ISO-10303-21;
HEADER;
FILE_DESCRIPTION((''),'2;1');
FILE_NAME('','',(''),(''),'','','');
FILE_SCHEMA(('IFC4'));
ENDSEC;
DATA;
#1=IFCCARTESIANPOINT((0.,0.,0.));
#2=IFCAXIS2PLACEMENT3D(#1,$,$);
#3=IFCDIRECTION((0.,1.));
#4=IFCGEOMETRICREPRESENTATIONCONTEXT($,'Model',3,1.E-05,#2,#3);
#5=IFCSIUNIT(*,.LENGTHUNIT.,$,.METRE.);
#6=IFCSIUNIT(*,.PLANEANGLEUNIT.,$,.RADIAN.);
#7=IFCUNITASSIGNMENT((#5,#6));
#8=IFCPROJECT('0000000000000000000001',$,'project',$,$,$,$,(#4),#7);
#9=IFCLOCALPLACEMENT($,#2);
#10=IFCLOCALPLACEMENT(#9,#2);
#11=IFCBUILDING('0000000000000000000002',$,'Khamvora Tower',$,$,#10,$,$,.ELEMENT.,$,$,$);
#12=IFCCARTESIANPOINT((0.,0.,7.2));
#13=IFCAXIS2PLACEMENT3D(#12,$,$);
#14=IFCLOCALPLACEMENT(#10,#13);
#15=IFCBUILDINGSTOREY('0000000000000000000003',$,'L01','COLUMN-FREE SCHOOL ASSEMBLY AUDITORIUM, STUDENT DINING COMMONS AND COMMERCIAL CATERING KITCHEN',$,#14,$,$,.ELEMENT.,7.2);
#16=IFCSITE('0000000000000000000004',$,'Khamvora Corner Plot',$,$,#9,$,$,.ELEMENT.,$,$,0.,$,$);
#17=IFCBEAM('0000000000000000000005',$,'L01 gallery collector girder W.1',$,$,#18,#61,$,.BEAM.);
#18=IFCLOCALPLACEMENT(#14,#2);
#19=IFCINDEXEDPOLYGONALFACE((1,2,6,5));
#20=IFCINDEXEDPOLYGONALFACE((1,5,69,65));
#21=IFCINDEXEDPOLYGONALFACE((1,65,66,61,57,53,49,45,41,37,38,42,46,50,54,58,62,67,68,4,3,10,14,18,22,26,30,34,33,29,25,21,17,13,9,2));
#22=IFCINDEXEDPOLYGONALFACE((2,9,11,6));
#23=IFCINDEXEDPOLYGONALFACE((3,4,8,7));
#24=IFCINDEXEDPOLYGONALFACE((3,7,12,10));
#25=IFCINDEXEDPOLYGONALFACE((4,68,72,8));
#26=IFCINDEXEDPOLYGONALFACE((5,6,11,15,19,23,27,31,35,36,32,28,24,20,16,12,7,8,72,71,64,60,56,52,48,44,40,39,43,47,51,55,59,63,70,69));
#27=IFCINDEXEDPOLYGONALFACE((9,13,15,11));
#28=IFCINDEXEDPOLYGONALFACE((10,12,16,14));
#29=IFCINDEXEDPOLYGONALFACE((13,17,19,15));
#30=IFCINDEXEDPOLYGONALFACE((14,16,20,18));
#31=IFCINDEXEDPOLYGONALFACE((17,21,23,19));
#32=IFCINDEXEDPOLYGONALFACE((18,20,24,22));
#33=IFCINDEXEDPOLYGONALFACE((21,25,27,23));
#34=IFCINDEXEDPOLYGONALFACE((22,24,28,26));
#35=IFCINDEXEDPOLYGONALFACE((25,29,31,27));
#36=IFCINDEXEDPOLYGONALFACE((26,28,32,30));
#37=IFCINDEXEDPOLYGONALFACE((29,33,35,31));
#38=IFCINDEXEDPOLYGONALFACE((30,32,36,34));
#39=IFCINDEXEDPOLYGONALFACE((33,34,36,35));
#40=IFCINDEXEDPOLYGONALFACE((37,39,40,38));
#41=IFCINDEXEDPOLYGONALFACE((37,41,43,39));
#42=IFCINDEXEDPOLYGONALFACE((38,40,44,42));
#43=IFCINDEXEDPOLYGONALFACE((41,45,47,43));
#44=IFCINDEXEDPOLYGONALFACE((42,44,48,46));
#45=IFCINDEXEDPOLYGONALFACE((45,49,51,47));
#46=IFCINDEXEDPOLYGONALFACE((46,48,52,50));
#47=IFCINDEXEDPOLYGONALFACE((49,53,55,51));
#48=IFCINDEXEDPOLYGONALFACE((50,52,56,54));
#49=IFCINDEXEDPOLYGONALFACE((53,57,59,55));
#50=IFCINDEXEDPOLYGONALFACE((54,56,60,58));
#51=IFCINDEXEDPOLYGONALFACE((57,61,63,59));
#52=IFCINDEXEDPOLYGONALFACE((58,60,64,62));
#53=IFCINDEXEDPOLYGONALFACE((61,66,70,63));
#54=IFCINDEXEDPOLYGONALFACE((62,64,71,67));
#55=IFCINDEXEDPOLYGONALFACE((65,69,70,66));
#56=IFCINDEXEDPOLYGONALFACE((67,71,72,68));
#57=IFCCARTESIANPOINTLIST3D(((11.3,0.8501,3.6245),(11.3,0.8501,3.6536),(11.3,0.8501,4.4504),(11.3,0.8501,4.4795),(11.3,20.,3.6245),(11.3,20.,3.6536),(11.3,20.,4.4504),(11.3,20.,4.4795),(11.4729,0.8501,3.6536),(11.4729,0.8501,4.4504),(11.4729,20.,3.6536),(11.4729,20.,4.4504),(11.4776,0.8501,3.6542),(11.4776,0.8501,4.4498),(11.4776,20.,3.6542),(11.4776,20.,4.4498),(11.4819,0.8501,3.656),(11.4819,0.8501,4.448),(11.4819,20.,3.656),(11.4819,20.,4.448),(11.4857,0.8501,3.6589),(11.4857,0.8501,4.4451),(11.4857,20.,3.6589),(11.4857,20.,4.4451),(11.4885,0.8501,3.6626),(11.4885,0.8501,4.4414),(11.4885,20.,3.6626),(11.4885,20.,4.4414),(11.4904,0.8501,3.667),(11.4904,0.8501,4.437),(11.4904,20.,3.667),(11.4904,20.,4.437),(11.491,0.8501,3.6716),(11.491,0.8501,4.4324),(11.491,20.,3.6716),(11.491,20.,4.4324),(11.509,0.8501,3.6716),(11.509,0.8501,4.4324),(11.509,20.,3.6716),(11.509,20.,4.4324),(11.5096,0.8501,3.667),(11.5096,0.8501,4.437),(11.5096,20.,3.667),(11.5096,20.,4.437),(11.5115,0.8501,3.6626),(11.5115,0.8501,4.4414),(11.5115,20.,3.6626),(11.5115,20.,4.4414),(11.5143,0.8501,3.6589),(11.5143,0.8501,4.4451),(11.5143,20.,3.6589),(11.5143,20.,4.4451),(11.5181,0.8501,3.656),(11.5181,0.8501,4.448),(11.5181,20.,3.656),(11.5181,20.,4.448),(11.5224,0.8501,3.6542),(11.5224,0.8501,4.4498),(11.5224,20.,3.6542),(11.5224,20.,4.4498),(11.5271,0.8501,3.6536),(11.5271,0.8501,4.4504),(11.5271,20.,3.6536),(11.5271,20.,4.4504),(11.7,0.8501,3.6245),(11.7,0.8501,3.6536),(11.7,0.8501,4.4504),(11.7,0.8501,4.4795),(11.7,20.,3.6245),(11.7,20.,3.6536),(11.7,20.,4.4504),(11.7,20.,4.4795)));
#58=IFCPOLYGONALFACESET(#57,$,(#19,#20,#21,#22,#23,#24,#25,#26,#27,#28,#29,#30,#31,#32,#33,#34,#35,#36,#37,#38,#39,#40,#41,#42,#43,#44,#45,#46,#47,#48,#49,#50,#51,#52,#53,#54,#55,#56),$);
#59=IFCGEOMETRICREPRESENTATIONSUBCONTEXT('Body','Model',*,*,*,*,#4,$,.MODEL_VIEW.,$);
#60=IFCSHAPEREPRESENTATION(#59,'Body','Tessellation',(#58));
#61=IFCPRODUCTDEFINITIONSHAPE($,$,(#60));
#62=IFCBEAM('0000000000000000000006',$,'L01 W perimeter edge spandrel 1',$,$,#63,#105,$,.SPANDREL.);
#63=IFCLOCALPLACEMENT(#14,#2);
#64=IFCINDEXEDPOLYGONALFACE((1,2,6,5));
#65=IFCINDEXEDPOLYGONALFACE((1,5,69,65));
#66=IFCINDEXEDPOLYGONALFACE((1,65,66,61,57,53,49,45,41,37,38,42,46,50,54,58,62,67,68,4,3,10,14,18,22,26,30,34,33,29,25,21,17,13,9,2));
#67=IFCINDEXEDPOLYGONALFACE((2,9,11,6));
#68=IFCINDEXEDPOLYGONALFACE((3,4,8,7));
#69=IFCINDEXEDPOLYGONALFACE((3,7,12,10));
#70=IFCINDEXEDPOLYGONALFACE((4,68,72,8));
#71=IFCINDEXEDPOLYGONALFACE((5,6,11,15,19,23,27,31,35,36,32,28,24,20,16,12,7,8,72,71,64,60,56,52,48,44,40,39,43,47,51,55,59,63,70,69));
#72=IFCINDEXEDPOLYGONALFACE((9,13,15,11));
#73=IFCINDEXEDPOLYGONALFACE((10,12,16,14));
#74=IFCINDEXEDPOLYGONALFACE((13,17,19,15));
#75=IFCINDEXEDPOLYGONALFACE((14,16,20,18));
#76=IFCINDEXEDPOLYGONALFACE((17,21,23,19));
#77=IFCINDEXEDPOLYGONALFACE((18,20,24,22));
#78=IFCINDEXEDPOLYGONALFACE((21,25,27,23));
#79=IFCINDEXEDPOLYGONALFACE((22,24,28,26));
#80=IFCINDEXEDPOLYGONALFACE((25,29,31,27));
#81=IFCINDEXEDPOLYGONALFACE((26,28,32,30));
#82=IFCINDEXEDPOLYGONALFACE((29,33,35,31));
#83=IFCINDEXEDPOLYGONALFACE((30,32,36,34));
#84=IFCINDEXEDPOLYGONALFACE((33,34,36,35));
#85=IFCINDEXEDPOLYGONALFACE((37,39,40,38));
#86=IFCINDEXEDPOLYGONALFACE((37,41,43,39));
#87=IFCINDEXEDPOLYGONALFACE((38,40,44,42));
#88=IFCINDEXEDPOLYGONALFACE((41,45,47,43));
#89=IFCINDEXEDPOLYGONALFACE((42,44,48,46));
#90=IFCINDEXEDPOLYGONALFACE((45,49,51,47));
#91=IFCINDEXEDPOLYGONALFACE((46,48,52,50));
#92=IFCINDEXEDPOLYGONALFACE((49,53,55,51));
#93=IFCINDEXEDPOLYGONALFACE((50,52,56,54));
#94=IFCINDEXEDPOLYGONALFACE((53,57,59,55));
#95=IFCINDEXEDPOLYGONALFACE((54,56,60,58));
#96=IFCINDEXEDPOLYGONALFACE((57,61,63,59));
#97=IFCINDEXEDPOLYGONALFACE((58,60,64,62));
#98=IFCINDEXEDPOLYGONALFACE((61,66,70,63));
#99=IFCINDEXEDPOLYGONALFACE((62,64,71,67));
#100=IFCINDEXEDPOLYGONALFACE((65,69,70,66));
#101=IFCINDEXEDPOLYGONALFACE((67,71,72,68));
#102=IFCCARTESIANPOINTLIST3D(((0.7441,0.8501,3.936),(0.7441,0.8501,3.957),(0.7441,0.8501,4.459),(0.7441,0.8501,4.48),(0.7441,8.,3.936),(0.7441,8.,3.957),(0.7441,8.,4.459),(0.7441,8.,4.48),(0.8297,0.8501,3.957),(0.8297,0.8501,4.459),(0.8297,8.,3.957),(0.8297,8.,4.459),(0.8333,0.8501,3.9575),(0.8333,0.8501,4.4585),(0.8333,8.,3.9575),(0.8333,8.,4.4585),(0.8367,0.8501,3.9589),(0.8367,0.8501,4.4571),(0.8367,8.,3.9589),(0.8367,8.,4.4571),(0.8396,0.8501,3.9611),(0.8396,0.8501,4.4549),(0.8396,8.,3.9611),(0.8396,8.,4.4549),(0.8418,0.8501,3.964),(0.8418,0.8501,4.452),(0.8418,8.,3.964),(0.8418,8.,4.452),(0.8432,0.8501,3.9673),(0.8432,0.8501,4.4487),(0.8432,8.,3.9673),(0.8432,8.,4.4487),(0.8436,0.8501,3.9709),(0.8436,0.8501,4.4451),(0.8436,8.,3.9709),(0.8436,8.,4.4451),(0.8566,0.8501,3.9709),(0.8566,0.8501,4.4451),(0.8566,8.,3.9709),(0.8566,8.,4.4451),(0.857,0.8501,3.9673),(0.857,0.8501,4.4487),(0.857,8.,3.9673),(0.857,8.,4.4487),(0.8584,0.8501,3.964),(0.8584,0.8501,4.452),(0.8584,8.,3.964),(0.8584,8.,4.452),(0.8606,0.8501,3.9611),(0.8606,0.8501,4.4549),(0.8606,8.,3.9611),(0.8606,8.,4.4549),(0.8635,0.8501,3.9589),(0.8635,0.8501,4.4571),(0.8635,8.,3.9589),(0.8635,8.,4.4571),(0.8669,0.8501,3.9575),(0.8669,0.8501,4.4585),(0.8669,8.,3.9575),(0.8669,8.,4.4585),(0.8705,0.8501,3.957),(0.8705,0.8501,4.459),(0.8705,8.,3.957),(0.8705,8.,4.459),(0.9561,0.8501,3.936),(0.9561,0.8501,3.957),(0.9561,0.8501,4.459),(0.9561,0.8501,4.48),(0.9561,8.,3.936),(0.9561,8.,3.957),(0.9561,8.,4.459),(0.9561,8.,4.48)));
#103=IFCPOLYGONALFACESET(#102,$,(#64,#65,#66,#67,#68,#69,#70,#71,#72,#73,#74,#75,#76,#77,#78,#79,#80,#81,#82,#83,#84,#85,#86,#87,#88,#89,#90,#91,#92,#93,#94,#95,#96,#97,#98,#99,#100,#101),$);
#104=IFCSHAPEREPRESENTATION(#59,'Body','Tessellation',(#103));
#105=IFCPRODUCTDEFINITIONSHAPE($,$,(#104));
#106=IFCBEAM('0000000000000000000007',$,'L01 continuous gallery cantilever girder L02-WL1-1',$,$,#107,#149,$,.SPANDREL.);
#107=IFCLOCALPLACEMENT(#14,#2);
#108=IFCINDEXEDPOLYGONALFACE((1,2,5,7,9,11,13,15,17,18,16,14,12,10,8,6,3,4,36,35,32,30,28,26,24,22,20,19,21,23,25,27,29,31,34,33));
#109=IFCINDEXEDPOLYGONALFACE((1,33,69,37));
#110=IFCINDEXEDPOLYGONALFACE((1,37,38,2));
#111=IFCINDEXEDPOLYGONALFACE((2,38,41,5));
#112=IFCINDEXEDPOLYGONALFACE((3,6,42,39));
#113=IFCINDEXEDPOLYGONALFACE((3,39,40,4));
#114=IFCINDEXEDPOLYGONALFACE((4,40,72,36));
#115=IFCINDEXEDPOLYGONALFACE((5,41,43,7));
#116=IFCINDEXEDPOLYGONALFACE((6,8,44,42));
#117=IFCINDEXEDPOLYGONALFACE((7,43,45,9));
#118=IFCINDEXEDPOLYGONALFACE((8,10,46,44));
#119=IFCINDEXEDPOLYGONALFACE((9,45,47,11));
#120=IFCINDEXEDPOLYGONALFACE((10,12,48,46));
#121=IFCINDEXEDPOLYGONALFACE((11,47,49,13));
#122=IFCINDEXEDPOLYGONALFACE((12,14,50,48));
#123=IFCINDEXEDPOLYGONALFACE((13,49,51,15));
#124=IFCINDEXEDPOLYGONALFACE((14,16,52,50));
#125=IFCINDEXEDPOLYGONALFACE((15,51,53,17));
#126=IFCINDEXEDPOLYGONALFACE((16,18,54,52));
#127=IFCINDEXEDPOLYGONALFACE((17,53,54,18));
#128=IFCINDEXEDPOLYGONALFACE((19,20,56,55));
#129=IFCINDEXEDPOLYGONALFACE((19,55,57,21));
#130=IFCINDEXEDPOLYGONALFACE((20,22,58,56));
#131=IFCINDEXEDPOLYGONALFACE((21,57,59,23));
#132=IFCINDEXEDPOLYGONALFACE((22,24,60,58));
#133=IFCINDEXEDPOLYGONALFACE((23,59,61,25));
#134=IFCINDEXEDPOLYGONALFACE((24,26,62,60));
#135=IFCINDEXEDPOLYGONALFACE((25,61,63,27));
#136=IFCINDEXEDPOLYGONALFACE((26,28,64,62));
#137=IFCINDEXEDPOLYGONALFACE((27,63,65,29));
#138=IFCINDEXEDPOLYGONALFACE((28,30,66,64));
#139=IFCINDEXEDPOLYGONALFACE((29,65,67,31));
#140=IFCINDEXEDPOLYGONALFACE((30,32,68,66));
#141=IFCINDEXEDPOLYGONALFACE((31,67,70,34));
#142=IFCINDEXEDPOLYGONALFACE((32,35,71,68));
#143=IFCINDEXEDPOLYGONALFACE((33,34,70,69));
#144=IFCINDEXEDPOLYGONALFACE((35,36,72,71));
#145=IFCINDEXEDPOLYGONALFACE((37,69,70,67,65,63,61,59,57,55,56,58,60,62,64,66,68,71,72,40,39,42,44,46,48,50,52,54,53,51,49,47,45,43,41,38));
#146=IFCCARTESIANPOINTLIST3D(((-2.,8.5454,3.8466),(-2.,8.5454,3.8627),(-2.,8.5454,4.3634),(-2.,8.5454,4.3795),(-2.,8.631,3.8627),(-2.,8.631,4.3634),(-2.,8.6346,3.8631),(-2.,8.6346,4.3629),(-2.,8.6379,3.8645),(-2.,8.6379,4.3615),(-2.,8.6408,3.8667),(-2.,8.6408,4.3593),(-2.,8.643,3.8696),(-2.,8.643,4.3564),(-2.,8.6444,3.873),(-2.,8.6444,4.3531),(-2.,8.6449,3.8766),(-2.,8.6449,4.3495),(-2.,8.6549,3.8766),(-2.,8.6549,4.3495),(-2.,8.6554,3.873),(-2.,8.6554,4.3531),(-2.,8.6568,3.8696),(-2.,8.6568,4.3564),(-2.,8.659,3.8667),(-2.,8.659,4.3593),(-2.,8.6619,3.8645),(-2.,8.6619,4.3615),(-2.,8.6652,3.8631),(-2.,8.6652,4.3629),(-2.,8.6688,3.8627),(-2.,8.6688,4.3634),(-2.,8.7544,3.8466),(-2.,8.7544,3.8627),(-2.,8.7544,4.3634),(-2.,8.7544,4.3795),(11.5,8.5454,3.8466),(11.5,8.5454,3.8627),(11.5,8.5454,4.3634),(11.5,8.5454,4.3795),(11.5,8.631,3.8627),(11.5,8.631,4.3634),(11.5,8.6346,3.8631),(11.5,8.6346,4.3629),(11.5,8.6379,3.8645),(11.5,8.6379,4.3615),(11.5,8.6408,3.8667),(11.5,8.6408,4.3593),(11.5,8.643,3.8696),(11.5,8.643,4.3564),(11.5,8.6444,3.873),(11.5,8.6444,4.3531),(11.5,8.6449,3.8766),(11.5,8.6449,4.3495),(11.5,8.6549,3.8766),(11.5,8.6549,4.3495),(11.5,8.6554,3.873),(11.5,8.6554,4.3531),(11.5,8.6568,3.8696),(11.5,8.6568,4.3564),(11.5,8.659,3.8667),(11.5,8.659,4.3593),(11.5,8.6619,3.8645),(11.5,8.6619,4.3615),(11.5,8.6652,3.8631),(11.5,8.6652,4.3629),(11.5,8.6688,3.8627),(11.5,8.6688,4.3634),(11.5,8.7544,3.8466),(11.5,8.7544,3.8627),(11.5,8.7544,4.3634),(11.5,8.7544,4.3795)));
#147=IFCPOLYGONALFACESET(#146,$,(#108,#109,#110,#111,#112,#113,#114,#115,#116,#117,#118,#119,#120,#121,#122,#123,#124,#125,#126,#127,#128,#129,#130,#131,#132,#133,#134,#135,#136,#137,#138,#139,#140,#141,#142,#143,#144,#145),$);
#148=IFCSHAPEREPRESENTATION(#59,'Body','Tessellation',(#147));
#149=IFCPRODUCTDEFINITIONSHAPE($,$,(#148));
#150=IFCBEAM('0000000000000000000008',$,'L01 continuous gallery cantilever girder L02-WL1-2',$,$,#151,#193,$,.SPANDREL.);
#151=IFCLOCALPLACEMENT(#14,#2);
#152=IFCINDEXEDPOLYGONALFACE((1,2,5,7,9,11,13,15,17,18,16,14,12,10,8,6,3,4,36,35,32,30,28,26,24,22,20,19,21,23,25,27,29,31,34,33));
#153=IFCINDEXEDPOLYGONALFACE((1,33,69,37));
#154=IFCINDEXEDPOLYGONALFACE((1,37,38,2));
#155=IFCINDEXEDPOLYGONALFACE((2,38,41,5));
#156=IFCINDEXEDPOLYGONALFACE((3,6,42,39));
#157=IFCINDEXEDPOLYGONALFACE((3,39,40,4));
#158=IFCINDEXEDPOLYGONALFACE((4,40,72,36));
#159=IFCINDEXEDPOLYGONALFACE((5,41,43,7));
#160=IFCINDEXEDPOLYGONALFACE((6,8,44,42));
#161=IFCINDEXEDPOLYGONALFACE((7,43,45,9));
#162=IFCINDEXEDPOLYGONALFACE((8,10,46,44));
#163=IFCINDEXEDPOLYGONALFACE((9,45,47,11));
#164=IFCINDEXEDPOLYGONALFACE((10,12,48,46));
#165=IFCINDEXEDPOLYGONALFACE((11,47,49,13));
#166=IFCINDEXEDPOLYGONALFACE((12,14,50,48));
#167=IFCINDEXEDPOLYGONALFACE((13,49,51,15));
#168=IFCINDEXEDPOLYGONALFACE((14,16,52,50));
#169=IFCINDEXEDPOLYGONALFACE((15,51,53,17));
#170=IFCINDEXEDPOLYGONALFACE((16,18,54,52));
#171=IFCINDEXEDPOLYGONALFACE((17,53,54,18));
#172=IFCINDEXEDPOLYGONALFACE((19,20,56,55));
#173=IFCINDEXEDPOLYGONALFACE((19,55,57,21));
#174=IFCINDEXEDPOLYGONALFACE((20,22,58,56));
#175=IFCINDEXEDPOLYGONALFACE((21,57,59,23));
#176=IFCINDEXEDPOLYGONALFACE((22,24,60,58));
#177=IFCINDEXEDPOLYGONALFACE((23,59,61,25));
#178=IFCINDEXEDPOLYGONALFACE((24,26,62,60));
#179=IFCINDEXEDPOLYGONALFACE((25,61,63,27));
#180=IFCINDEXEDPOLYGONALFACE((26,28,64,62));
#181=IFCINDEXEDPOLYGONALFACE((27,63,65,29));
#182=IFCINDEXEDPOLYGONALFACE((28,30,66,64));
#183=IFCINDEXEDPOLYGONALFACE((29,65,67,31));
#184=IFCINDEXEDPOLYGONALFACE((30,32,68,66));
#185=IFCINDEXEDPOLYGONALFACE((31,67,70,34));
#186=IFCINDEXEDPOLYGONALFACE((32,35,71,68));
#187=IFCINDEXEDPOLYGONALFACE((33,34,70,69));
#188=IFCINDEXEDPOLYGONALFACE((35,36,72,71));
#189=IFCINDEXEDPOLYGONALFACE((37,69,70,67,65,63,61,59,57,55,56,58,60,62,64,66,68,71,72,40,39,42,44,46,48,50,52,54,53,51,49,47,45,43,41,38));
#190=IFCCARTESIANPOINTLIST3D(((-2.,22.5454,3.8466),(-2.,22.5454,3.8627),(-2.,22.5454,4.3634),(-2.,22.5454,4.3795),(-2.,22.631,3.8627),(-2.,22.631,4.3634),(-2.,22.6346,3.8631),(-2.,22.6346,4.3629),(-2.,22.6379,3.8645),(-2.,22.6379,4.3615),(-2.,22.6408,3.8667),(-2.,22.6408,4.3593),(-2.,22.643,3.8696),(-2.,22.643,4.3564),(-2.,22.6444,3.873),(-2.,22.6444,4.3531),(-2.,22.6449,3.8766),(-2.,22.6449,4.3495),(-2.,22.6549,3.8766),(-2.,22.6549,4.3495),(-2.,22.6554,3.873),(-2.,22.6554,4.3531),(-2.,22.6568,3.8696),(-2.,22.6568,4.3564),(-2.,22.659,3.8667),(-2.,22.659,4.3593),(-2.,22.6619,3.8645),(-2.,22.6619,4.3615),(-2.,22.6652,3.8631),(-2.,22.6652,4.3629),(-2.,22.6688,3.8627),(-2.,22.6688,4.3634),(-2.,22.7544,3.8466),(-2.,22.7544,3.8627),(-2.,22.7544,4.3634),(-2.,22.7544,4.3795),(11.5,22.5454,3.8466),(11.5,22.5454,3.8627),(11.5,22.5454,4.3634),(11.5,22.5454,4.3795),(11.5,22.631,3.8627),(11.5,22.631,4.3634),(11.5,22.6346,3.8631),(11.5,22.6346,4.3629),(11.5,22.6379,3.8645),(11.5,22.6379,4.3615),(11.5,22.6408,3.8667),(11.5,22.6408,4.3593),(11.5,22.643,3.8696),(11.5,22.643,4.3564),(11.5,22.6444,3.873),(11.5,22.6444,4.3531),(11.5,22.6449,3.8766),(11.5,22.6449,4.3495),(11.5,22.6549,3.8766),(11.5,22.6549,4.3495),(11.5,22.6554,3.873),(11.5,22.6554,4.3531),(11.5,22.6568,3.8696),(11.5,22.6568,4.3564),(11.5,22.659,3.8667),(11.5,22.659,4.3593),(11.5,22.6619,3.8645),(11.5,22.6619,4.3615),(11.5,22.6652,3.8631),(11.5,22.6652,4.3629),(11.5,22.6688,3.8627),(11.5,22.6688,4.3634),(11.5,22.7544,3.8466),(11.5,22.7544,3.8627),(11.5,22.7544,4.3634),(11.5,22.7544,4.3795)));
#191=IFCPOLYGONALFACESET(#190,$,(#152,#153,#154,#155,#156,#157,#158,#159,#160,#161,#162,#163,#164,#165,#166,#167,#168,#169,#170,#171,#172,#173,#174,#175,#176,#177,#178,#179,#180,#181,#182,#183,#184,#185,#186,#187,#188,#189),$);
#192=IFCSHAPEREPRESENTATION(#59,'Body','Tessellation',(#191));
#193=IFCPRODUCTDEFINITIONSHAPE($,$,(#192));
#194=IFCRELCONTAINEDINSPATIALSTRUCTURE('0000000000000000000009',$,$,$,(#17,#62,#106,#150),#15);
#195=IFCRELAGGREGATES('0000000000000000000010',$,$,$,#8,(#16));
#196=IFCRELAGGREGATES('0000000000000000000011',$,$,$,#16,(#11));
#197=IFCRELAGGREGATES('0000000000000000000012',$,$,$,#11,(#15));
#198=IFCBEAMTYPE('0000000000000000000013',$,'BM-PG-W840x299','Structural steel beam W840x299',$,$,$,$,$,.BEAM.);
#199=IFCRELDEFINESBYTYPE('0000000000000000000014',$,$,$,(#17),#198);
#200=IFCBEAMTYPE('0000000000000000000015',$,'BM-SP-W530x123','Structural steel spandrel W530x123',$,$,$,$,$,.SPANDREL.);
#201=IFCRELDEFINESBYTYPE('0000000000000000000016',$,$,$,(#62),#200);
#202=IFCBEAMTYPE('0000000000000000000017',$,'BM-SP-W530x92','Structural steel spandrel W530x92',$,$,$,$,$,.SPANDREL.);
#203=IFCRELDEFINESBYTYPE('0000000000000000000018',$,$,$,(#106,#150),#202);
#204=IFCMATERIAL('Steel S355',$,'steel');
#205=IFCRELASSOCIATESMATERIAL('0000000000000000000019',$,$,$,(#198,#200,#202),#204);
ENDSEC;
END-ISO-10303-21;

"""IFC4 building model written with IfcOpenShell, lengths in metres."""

from ifc_helpers import new_model, si_unit, direction, frame, origin, origin_2d, place, context, subcontext, project, spatial, i_section, extrude, material, material_profile, profile_set, type_object, element, save


model = new_model("IFC4")

# Units and contexts
model_context = context("Model", 3, precision=1e-05, world=origin(), true_north=direction((0.0, 1.0)))
body_context = subcontext(model_context, "Body", "Model", "MODEL_VIEW")
ifc_project = project(units=[si_unit("LENGTHUNIT", "METRE"), si_unit("PLANEANGLEUNIT", "RADIAN")], contexts=[model_context])

# Site, building, storey
site_placement = place(None, origin())
site = spatial("IfcSite", under=ifc_project, at=site_placement, Name="Khamvora Corner Plot", CompositionType="ELEMENT", RefElevation=0.0)
building_placement = place(site_placement, origin())
building = spatial("IfcBuilding", under=site, at=building_placement, Name="Khamvora Tower", CompositionType="ELEMENT")
storey_placement = place(building_placement, frame((0.0, 0.0, 7.2)))
storey = spatial("IfcBuildingStorey", under=building, at=storey_placement, Name="L01", Description="COLUMN-FREE SCHOOL ASSEMBLY AUDITORIUM, STUDENT DINING COMMONS AND COMMERCIAL CATERING KITCHEN", CompositionType="ELEMENT", Elevation=7.2)

# Beams
ifc_material_1 = material(Name="Steel S355", Category="steel")
ifc_material_profile_1 = material_profile(ifc_material_1, i_section(OverallWidth=0.3999, OverallDepth=0.855, WebThickness=0.0181, FlangeThickness=0.0291, FilletRadius=0.0181, at=origin_2d()), Name="W840x299")
ifc_profile_set_1 = profile_set([ifc_material_profile_1], Name="Steel S355")
beam_type_1 = type_object("IfcBeamType", Name="BM-PG-W840x299", Description="Structural steel beam W840x299", PredefinedType="BEAM", material=ifc_profile_set_1)
beam_1_placement = place(storey_placement, frame((11.5, 0.8501, 4.052), z_axis=(0.0, 1.0, 0.0), x_axis=(-1.0, 0.0, 0.0)))
element("IfcBeam", 1, at=beam_1_placement, inside=storey, type_object=beam_type_1, Name="L01 gallery collector girder W.1", PredefinedType="BEAM", context=body_context, shape_type="SweptSolid", body=[
    extrude(i_section(OverallWidth=0.3999, OverallDepth=0.855, WebThickness=0.0181, FlangeThickness=0.0291, FilletRadius=0.0181, at=origin_2d()), origin(), (0.0, 0.0, 1.0), 19.1499),
])
ifc_material_profile_2 = material_profile(ifc_material_1, i_section(OverallWidth=0.2119, OverallDepth=0.5439, WebThickness=0.0129, FlangeThickness=0.021, FilletRadius=0.0139, at=origin_2d()), Name="W530x123")
ifc_profile_set_2 = profile_set([ifc_material_profile_2], Name="Steel S355")
beam_type_2 = type_object("IfcBeamType", Name="BM-SP-W530x123", Description="Structural steel spandrel W530x123", PredefinedType="SPANDREL", material=ifc_profile_set_2)
beam_2_placement = place(storey_placement, frame((0.8501, 0.8501, 4.208), z_axis=(0.0, 1.0, 0.0), x_axis=(-1.0, 0.0, 0.0)))
element("IfcBeam", 2, at=beam_2_placement, inside=storey, type_object=beam_type_2, Name="L01 W perimeter edge spandrel 1", PredefinedType="SPANDREL", context=body_context, shape_type="SweptSolid", body=[
    extrude(i_section(OverallWidth=0.2119, OverallDepth=0.5439, WebThickness=0.0129, FlangeThickness=0.021, FilletRadius=0.0139, at=origin_2d()), origin(), (0.0, 0.0, 1.0), 7.1499),
])
ifc_material_profile_3 = material_profile(ifc_material_1, i_section(OverallWidth=0.209, OverallDepth=0.533, WebThickness=0.01, FlangeThickness=0.0161, FilletRadius=0.0139, at=origin_2d()), Name="W530x92")
ifc_profile_set_3 = profile_set([ifc_material_profile_3], Name="Steel S355")
beam_type_3 = type_object("IfcBeamType", Name="BM-SP-W530x92", Description="Structural steel spandrel W530x92", PredefinedType="SPANDREL", material=ifc_profile_set_3)
for number, where, z_axis, x_axis, name in (
    (3, (11.5, 8.6499, 4.113), (-1.0, 0.0, 0.0), (0.0, -1.0, 0.0), "L01 continuous gallery cantilever girder L02-WL1-1"),
    (4, (11.5, 22.6499, 4.113), (-1.0, 0.0, 0.0), (0.0, -1.0, 0.0), "L01 continuous gallery cantilever girder L02-WL1-2"),
):
    element("IfcBeam", number, at=place(storey_placement, frame(where, z_axis=z_axis, x_axis=x_axis)), inside=storey, type_object=beam_type_3, Name=name, PredefinedType="SPANDREL", context=body_context, shape_type="SweptSolid", body=[
        extrude(i_section(OverallWidth=0.209, OverallDepth=0.533, WebThickness=0.01, FlangeThickness=0.0161, FilletRadius=0.0139, at=origin_2d()), origin(), (0.0, 0.0, 1.0), 13.5),
    ])

save(model, "model.ifc")
